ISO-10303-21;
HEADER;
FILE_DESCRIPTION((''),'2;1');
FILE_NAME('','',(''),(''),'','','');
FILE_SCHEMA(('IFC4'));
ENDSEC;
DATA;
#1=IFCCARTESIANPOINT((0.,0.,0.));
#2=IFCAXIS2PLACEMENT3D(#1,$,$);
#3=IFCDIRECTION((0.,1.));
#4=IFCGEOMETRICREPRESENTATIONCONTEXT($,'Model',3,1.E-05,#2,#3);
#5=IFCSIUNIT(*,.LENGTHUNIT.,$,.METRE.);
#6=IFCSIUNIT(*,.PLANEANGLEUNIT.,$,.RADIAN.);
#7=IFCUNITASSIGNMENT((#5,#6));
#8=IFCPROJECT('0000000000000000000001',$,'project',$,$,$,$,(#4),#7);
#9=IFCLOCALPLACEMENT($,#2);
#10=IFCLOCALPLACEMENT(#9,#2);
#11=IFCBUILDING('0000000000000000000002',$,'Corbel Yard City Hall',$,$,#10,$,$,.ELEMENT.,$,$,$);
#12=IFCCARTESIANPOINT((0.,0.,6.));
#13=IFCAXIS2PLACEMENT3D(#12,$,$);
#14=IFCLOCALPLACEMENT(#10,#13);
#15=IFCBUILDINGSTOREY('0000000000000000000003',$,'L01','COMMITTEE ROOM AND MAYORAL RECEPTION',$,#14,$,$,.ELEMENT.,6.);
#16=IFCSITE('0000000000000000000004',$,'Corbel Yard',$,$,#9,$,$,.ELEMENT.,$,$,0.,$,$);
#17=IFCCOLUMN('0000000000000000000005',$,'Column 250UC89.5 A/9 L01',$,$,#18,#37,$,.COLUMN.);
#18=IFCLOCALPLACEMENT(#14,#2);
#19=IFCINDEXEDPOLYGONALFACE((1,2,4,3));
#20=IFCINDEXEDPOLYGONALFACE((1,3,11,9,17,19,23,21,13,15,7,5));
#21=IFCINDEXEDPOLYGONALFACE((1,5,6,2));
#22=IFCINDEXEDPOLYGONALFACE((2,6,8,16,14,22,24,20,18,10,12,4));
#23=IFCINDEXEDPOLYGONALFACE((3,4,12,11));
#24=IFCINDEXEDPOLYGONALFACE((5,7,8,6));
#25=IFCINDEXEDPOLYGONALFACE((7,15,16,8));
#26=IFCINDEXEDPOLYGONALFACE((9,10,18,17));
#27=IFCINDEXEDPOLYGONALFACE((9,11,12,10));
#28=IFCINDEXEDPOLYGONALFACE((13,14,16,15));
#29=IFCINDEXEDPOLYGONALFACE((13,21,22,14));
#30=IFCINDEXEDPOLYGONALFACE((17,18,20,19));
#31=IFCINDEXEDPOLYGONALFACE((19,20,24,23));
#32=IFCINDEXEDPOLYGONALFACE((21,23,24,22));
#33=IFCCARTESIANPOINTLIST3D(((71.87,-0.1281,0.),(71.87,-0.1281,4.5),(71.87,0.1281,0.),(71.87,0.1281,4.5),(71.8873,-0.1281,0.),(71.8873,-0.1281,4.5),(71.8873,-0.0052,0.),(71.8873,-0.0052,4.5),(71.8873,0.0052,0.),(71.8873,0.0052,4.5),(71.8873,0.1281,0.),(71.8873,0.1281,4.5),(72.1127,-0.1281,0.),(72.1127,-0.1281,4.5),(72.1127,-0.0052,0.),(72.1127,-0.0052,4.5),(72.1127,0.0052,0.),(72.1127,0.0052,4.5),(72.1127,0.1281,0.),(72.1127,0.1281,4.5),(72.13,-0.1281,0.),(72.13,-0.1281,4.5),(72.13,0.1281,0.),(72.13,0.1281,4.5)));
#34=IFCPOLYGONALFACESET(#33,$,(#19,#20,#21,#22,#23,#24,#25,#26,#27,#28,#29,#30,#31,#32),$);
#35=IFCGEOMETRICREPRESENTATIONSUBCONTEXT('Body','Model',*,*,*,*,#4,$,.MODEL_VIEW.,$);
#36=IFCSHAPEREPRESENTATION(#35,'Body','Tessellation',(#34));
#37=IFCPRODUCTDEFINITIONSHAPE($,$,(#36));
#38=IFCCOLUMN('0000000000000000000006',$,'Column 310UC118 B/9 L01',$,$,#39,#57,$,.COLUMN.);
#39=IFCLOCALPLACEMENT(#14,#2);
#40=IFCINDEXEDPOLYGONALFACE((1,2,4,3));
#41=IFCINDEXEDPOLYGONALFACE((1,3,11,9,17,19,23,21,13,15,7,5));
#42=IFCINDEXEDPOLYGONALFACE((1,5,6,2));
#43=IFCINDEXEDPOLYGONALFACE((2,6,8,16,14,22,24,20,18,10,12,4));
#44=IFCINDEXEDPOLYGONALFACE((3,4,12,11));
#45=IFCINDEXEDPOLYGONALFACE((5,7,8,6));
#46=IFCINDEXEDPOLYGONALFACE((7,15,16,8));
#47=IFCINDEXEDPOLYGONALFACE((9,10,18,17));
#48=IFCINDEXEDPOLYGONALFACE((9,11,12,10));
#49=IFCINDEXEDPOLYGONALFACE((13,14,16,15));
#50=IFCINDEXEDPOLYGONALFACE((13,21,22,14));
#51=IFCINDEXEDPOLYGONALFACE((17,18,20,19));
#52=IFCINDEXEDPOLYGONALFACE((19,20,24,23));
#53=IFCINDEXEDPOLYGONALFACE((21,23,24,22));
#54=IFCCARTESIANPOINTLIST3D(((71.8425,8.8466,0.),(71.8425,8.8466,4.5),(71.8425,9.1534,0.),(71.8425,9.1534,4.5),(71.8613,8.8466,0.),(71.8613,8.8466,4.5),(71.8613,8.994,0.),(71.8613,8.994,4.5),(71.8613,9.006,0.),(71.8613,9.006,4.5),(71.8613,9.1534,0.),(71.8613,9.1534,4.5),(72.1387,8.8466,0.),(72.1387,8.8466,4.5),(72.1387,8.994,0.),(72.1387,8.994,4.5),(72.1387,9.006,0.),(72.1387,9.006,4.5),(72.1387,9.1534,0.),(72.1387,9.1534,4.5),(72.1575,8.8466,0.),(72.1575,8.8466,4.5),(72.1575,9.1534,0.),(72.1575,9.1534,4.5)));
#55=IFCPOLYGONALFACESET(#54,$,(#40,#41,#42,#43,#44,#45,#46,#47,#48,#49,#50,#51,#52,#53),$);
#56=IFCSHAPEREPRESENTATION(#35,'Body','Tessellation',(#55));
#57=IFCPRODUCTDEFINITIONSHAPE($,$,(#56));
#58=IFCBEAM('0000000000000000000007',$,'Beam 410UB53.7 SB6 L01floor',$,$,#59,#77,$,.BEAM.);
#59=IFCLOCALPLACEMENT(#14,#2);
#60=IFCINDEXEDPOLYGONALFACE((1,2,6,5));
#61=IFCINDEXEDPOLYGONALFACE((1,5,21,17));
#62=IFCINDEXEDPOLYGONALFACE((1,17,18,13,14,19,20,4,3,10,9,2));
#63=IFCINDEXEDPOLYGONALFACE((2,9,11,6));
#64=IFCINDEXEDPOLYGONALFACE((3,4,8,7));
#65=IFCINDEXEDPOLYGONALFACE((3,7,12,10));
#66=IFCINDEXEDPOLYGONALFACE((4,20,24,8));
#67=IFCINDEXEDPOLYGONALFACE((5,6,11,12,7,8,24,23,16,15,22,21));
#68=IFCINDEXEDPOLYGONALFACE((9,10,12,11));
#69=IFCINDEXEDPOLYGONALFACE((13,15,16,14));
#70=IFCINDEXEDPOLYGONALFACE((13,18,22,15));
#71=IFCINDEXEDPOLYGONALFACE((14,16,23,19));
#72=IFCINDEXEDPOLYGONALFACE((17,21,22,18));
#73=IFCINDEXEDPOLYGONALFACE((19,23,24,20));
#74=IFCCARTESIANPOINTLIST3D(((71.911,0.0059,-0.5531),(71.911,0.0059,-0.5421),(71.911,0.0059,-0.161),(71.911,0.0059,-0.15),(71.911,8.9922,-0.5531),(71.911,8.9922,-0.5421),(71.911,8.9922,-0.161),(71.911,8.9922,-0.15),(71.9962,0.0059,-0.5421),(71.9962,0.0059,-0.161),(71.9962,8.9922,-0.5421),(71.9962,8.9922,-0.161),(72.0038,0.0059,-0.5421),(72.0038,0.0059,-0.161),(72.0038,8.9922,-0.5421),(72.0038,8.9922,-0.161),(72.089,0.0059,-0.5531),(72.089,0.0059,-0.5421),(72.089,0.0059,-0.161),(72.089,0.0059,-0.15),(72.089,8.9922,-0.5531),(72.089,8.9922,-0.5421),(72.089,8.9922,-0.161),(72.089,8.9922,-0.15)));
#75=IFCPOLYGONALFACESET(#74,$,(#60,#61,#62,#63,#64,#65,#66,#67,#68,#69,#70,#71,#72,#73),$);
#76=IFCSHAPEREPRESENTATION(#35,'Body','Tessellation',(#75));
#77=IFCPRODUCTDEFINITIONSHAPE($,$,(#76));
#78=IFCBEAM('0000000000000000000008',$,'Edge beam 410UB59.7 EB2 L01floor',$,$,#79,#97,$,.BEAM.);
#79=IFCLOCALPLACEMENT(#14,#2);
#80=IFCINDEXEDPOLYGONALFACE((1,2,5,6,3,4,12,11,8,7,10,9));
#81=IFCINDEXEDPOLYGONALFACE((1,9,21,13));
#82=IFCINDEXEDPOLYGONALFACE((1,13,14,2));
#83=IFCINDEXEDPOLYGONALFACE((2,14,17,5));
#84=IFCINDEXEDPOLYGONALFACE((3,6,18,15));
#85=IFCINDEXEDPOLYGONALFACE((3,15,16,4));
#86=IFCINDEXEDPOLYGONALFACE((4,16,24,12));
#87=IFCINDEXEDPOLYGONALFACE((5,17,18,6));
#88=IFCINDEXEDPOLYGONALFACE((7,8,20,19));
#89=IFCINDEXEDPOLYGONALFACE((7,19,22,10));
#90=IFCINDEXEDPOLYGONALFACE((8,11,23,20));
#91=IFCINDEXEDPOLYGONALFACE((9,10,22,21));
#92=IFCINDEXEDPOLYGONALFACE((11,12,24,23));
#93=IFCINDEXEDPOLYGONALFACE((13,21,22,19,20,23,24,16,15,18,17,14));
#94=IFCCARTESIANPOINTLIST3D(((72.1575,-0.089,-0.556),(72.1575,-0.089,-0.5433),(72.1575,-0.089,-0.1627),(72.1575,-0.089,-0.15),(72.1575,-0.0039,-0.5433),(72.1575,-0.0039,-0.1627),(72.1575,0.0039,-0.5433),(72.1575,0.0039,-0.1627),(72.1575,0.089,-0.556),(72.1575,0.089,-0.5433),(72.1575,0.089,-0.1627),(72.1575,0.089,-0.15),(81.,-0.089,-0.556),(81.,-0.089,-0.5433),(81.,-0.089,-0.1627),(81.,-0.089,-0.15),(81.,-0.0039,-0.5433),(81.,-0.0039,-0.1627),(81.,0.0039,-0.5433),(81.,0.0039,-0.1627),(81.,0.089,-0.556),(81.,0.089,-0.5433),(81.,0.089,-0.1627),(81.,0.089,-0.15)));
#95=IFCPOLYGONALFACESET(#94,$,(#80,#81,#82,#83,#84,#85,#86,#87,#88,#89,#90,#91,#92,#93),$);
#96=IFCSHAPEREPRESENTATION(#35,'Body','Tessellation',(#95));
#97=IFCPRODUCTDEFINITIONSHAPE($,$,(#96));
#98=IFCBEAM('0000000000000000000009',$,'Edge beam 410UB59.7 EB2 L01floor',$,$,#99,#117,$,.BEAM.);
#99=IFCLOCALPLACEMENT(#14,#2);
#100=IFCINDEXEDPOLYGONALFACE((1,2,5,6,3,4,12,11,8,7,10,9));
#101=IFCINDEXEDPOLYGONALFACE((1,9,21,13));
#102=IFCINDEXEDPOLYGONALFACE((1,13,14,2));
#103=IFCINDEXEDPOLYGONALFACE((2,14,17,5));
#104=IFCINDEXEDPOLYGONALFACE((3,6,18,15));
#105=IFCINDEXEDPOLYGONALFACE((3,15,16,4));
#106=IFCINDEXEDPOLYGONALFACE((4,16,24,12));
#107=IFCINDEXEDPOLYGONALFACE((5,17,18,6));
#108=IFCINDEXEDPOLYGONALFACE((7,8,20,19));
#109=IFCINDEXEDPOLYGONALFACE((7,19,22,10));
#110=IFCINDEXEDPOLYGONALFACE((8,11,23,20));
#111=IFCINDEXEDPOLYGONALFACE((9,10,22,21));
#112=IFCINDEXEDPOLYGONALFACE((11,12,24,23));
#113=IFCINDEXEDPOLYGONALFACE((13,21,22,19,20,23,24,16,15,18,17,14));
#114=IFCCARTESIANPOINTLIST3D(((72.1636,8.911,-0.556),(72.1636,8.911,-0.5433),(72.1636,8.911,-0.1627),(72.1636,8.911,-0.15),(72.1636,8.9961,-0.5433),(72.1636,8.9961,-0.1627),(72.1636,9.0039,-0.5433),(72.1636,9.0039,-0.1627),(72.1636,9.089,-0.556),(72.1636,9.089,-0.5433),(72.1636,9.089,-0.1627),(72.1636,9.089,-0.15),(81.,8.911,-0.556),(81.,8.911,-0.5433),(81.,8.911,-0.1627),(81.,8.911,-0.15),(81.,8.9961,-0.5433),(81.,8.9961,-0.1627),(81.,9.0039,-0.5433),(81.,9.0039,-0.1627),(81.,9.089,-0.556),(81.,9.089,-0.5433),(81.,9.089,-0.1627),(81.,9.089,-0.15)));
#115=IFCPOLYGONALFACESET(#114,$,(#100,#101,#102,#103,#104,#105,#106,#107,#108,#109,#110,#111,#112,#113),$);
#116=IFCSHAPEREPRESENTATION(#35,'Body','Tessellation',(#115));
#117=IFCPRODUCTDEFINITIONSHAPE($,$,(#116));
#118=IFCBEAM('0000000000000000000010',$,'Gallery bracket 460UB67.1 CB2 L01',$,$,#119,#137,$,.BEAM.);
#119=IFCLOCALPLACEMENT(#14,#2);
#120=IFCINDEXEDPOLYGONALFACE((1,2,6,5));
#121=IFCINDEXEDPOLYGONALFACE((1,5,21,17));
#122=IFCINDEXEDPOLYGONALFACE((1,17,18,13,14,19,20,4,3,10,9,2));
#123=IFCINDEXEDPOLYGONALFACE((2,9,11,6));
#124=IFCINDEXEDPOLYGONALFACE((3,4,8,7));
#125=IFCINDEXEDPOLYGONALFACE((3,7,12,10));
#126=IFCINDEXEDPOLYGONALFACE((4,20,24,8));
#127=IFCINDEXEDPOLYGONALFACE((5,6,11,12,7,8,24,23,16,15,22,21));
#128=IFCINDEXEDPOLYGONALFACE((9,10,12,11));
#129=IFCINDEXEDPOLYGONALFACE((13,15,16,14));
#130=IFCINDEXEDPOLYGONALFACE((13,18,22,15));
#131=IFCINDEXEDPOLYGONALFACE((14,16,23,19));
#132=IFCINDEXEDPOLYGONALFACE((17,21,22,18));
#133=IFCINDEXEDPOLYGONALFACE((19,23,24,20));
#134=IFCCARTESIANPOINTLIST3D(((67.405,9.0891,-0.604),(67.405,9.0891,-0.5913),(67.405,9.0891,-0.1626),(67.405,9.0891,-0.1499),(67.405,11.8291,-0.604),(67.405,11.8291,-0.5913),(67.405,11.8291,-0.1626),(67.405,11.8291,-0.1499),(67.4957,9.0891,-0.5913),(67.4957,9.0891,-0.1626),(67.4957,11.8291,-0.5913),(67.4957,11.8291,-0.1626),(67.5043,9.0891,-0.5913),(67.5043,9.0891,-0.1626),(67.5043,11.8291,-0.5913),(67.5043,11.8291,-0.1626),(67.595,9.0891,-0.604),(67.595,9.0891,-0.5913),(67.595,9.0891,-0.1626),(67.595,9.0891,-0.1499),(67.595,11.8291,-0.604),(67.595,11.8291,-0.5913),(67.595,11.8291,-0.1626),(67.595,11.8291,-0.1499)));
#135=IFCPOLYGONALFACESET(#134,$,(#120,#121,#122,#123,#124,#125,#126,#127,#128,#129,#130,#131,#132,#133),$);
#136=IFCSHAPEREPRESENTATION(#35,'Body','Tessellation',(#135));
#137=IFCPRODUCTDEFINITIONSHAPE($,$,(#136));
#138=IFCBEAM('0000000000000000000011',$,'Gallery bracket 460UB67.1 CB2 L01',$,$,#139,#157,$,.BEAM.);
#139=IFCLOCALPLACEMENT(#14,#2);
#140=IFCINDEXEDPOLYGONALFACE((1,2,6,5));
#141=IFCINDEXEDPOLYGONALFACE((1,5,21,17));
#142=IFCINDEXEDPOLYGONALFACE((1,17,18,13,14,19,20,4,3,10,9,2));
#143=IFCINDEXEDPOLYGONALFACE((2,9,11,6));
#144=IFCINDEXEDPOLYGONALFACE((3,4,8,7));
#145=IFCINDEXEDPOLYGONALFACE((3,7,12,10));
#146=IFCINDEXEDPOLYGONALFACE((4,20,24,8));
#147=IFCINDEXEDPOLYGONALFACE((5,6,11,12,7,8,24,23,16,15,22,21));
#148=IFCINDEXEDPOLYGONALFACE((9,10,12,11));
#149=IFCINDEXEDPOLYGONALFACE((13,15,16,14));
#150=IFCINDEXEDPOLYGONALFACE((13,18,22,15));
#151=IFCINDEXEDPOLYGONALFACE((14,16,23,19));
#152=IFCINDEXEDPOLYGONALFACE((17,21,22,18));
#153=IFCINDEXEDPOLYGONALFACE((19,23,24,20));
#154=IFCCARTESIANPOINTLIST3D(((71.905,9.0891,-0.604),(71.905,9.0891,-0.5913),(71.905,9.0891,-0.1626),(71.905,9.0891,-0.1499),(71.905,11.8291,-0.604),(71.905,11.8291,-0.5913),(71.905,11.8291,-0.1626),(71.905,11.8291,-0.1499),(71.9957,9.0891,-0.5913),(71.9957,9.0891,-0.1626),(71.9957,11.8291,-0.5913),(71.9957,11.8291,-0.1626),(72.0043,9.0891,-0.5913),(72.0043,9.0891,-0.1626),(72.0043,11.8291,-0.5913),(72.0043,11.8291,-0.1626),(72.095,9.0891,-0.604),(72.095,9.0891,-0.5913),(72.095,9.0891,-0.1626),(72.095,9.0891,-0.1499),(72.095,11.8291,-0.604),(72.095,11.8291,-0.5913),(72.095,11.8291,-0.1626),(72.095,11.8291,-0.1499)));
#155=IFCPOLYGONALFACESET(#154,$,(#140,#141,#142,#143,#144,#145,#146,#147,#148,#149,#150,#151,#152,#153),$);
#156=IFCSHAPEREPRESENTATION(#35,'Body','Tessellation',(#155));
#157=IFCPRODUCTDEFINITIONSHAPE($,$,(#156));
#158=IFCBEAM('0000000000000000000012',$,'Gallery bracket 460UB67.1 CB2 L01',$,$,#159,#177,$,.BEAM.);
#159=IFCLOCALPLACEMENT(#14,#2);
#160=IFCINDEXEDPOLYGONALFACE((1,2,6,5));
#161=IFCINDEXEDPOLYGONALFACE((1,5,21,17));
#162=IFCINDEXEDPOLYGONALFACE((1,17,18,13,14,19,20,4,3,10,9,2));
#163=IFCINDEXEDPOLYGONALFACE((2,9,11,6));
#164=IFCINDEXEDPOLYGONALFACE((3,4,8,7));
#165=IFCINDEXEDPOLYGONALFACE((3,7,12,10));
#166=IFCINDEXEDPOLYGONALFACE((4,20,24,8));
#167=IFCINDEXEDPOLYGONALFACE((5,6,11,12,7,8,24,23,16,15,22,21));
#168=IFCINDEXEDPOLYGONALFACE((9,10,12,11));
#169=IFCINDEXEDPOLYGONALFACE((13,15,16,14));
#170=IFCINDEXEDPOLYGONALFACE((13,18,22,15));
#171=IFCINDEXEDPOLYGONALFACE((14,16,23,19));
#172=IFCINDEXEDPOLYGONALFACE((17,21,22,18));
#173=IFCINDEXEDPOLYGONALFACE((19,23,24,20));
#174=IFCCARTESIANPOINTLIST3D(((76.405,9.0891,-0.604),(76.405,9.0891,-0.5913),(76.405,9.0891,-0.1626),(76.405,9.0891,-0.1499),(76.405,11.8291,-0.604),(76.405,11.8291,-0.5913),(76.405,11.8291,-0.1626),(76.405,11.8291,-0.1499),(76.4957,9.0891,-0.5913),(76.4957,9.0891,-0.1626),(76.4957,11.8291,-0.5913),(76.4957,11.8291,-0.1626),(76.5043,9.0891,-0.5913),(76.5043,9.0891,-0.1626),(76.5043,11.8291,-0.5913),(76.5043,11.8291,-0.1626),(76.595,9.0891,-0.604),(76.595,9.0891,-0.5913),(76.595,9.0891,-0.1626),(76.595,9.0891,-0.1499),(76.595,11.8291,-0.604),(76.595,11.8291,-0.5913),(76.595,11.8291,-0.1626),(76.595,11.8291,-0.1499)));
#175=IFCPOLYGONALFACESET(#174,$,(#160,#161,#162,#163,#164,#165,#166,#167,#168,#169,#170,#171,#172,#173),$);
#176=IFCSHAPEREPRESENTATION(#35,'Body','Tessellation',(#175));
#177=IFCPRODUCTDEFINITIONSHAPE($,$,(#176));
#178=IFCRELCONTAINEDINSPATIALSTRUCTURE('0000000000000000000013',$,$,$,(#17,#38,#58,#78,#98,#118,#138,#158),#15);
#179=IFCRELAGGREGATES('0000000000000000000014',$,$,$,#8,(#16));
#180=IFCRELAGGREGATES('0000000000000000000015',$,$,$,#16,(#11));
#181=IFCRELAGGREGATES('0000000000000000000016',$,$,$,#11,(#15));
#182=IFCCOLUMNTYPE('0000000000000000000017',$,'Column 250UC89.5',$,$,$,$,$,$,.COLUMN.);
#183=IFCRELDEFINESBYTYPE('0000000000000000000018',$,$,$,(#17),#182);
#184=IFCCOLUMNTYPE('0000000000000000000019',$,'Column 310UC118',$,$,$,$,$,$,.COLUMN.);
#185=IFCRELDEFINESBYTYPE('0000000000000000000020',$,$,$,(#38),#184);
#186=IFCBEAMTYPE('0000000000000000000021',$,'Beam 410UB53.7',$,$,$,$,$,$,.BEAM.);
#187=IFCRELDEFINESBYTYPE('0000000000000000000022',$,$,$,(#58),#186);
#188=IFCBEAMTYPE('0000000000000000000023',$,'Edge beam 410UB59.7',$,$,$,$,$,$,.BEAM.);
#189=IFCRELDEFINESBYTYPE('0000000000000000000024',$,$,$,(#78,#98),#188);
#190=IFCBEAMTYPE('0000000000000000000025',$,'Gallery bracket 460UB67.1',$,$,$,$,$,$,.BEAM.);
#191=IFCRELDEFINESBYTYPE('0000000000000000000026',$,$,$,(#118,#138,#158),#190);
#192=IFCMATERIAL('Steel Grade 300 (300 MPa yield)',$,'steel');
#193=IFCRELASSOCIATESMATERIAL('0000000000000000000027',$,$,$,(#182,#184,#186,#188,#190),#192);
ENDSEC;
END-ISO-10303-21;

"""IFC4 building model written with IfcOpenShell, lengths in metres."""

from ifc_helpers import new_model, si_unit, direction, frame, origin, origin_2d, place, context, subcontext, project, spatial, i_section, extrude, material, material_profile, profile_set, type_object, element, save


model = new_model("IFC4")

# Units and contexts
model_context = context("Model", 3, precision=1e-05, world=origin(), true_north=direction((0.0, 1.0)))
body_context = subcontext(model_context, "Body", "Model", "MODEL_VIEW")
ifc_project = project(units=[si_unit("LENGTHUNIT", "METRE"), si_unit("PLANEANGLEUNIT", "RADIAN")], contexts=[model_context])

# Site, building, storey
site_placement = place(None, origin())
site = spatial("IfcSite", under=ifc_project, at=site_placement, Name="Corbel Yard", CompositionType="ELEMENT", RefElevation=0.0)
building_placement = place(site_placement, origin())
building = spatial("IfcBuilding", under=site, at=building_placement, Name="Corbel Yard City Hall", CompositionType="ELEMENT")
storey_placement = place(building_placement, frame((0.0, 0.0, 6.0)))
storey = spatial("IfcBuildingStorey", under=building, at=storey_placement, Name="L01", Description="COMMITTEE ROOM AND MAYORAL RECEPTION", CompositionType="ELEMENT", Elevation=6.0)

# Columns
ifc_material_1 = material(Name="Steel Grade 300 (300 MPa yield)", Category="steel")
ifc_material_profile_1 = material_profile(ifc_material_1, i_section(OverallWidth=0.2561, OverallDepth=0.26, WebThickness=0.0105, FlangeThickness=0.0173, at=origin_2d()), Name="250UC89.5")
ifc_profile_set_1 = profile_set([ifc_material_profile_1], Name="Steel Grade 300 (300 MPa yield)")
column_type_1 = type_object("IfcColumnType", Name="Column 250UC89.5", PredefinedType="COLUMN", material=ifc_profile_set_1)
column_1_placement = place(storey_placement, frame((72.0, 0.0, 0.0), z_axis=(0.0, 0.0, 1.0), x_axis=(0.0, 1.0, 0.0)))
element("IfcColumn", 1, at=column_1_placement, inside=storey, type_object=column_type_1, Name="Column 250UC89.5 A/9 L01", PredefinedType="COLUMN", context=body_context, shape_type="SweptSolid", body=[
    extrude(i_section(OverallWidth=0.2561, OverallDepth=0.26, WebThickness=0.0105, FlangeThickness=0.0173, at=origin_2d()), origin(), (0.0, 0.0, 1.0), 4.5),
])
ifc_material_profile_2 = material_profile(ifc_material_1, i_section(OverallWidth=0.3069, OverallDepth=0.3149, WebThickness=0.012, FlangeThickness=0.0188, at=origin_2d()), Name="310UC118")
ifc_profile_set_2 = profile_set([ifc_material_profile_2], Name="Steel Grade 300 (300 MPa yield)")
column_type_2 = type_object("IfcColumnType", Name="Column 310UC118", PredefinedType="COLUMN", material=ifc_profile_set_2)
column_2_placement = place(storey_placement, frame((72.0, 9.0, 0.0), z_axis=(0.0, 0.0, 1.0), x_axis=(0.0, 1.0, 0.0)))
element("IfcColumn", 2, at=column_2_placement, inside=storey, type_object=column_type_2, Name="Column 310UC118 B/9 L01", PredefinedType="COLUMN", context=body_context, shape_type="SweptSolid", body=[
    extrude(i_section(OverallWidth=0.3069, OverallDepth=0.3149, WebThickness=0.012, FlangeThickness=0.0188, at=origin_2d()), origin(), (0.0, 0.0, 1.0), 4.5),
])

# Beams
ifc_material_profile_3 = material_profile(ifc_material_1, i_section(OverallWidth=0.178, OverallDepth=0.4031, WebThickness=0.0076, FlangeThickness=0.011, at=origin_2d()), Name="410UB53.7")
ifc_profile_set_3 = profile_set([ifc_material_profile_3], Name="Steel Grade 300 (300 MPa yield)")
beam_type_1 = type_object("IfcBeamType", Name="Beam 410UB53.7", PredefinedType="BEAM", material=ifc_profile_set_3)
beam_1_placement = place(storey_placement, frame((72.0, 0.0059, -0.3516), z_axis=(0.0, 1.0, 0.0), x_axis=(-1.0, 0.0, 0.0)))
element("IfcBeam", 3, at=beam_1_placement, inside=storey, type_object=beam_type_1, Name="Beam 410UB53.7 SB6 L01floor", PredefinedType="BEAM", context=body_context, shape_type="SweptSolid", body=[
    extrude(i_section(OverallWidth=0.178, OverallDepth=0.4031, WebThickness=0.0076, FlangeThickness=0.011, at=origin_2d()), origin(), (0.0, 0.0, 1.0), 8.9863),
])
ifc_material_profile_4 = material_profile(ifc_material_1, i_section(OverallWidth=0.178, OverallDepth=0.406, WebThickness=0.0078, FlangeThickness=0.0127, at=origin_2d()), Name="410UB59.7")
ifc_profile_set_4 = profile_set([ifc_material_profile_4], Name="Steel Grade 300 (300 MPa yield)")
beam_type_2 = type_object("IfcBeamType", Name="Edge beam 410UB59.7", PredefinedType="BEAM", material=ifc_profile_set_4)
beam_2_placement = place(storey_placement, frame((72.1575, 0.0, -0.353), z_axis=(1.0, 0.0, 0.0), x_axis=(0.0, 1.0, 0.0)))
element("IfcBeam", 4, at=beam_2_placement, inside=storey, type_object=beam_type_2, Name="Edge beam 410UB59.7 EB2 L01floor", PredefinedType="BEAM", context=body_context, shape_type="SweptSolid", body=[
    extrude(i_section(OverallWidth=0.178, OverallDepth=0.406, WebThickness=0.0078, FlangeThickness=0.0127, at=origin_2d()), origin(), (0.0, 0.0, 1.0), 8.8425),
])
beam_3_placement = place(storey_placement, frame((72.1636, 9.0, -0.353), z_axis=(1.0, 0.0, 0.0), x_axis=(0.0, 1.0, 0.0)))
element("IfcBeam", 5, at=beam_3_placement, inside=storey, type_object=beam_type_2, Name="Edge beam 410UB59.7 EB2 L01floor", PredefinedType="BEAM", context=body_context, shape_type="SweptSolid", body=[
    extrude(i_section(OverallWidth=0.178, OverallDepth=0.406, WebThickness=0.0078, FlangeThickness=0.0127, at=origin_2d()), origin(), (0.0, 0.0, 1.0), 8.8364),
])
ifc_material_profile_5 = material_profile(ifc_material_1, i_section(OverallWidth=0.1899, OverallDepth=0.4541, WebThickness=0.0085, FlangeThickness=0.0127, at=origin_2d()), Name="460UB67.1")
ifc_profile_set_5 = profile_set([ifc_material_profile_5], Name="Steel Grade 300 (300 MPa yield)")
beam_type_3 = type_object("IfcBeamType", Name="Gallery bracket 460UB67.1", PredefinedType="BEAM", material=ifc_profile_set_5)
for number, where, z_axis, x_axis, name in (
    (6, (67.5, 9.0891, -0.377), (0.0, 1.0, 0.0), (-1.0, 0.0, 0.0), "Gallery bracket 460UB67.1 CB2 L01"),
    (7, (72.0, 9.0891, -0.377), (0.0, 1.0, 0.0), (-1.0, 0.0, 0.0), "Gallery bracket 460UB67.1 CB2 L01"),
    (8, (76.5, 9.0891, -0.377), (0.0, 1.0, 0.0), (-1.0, 0.0, 0.0), "Gallery bracket 460UB67.1 CB2 L01"),
):
    element("IfcBeam", number, at=place(storey_placement, frame(where, z_axis=z_axis, x_axis=x_axis)), inside=storey, type_object=beam_type_3, Name=name, PredefinedType="BEAM", context=body_context, shape_type="SweptSolid", body=[
        extrude(i_section(OverallWidth=0.1899, OverallDepth=0.4541, WebThickness=0.0085, FlangeThickness=0.0127, at=origin_2d()), origin(), (0.0, 0.0, 1.0), 2.74),
    ])

save(model, "model.ifc")
